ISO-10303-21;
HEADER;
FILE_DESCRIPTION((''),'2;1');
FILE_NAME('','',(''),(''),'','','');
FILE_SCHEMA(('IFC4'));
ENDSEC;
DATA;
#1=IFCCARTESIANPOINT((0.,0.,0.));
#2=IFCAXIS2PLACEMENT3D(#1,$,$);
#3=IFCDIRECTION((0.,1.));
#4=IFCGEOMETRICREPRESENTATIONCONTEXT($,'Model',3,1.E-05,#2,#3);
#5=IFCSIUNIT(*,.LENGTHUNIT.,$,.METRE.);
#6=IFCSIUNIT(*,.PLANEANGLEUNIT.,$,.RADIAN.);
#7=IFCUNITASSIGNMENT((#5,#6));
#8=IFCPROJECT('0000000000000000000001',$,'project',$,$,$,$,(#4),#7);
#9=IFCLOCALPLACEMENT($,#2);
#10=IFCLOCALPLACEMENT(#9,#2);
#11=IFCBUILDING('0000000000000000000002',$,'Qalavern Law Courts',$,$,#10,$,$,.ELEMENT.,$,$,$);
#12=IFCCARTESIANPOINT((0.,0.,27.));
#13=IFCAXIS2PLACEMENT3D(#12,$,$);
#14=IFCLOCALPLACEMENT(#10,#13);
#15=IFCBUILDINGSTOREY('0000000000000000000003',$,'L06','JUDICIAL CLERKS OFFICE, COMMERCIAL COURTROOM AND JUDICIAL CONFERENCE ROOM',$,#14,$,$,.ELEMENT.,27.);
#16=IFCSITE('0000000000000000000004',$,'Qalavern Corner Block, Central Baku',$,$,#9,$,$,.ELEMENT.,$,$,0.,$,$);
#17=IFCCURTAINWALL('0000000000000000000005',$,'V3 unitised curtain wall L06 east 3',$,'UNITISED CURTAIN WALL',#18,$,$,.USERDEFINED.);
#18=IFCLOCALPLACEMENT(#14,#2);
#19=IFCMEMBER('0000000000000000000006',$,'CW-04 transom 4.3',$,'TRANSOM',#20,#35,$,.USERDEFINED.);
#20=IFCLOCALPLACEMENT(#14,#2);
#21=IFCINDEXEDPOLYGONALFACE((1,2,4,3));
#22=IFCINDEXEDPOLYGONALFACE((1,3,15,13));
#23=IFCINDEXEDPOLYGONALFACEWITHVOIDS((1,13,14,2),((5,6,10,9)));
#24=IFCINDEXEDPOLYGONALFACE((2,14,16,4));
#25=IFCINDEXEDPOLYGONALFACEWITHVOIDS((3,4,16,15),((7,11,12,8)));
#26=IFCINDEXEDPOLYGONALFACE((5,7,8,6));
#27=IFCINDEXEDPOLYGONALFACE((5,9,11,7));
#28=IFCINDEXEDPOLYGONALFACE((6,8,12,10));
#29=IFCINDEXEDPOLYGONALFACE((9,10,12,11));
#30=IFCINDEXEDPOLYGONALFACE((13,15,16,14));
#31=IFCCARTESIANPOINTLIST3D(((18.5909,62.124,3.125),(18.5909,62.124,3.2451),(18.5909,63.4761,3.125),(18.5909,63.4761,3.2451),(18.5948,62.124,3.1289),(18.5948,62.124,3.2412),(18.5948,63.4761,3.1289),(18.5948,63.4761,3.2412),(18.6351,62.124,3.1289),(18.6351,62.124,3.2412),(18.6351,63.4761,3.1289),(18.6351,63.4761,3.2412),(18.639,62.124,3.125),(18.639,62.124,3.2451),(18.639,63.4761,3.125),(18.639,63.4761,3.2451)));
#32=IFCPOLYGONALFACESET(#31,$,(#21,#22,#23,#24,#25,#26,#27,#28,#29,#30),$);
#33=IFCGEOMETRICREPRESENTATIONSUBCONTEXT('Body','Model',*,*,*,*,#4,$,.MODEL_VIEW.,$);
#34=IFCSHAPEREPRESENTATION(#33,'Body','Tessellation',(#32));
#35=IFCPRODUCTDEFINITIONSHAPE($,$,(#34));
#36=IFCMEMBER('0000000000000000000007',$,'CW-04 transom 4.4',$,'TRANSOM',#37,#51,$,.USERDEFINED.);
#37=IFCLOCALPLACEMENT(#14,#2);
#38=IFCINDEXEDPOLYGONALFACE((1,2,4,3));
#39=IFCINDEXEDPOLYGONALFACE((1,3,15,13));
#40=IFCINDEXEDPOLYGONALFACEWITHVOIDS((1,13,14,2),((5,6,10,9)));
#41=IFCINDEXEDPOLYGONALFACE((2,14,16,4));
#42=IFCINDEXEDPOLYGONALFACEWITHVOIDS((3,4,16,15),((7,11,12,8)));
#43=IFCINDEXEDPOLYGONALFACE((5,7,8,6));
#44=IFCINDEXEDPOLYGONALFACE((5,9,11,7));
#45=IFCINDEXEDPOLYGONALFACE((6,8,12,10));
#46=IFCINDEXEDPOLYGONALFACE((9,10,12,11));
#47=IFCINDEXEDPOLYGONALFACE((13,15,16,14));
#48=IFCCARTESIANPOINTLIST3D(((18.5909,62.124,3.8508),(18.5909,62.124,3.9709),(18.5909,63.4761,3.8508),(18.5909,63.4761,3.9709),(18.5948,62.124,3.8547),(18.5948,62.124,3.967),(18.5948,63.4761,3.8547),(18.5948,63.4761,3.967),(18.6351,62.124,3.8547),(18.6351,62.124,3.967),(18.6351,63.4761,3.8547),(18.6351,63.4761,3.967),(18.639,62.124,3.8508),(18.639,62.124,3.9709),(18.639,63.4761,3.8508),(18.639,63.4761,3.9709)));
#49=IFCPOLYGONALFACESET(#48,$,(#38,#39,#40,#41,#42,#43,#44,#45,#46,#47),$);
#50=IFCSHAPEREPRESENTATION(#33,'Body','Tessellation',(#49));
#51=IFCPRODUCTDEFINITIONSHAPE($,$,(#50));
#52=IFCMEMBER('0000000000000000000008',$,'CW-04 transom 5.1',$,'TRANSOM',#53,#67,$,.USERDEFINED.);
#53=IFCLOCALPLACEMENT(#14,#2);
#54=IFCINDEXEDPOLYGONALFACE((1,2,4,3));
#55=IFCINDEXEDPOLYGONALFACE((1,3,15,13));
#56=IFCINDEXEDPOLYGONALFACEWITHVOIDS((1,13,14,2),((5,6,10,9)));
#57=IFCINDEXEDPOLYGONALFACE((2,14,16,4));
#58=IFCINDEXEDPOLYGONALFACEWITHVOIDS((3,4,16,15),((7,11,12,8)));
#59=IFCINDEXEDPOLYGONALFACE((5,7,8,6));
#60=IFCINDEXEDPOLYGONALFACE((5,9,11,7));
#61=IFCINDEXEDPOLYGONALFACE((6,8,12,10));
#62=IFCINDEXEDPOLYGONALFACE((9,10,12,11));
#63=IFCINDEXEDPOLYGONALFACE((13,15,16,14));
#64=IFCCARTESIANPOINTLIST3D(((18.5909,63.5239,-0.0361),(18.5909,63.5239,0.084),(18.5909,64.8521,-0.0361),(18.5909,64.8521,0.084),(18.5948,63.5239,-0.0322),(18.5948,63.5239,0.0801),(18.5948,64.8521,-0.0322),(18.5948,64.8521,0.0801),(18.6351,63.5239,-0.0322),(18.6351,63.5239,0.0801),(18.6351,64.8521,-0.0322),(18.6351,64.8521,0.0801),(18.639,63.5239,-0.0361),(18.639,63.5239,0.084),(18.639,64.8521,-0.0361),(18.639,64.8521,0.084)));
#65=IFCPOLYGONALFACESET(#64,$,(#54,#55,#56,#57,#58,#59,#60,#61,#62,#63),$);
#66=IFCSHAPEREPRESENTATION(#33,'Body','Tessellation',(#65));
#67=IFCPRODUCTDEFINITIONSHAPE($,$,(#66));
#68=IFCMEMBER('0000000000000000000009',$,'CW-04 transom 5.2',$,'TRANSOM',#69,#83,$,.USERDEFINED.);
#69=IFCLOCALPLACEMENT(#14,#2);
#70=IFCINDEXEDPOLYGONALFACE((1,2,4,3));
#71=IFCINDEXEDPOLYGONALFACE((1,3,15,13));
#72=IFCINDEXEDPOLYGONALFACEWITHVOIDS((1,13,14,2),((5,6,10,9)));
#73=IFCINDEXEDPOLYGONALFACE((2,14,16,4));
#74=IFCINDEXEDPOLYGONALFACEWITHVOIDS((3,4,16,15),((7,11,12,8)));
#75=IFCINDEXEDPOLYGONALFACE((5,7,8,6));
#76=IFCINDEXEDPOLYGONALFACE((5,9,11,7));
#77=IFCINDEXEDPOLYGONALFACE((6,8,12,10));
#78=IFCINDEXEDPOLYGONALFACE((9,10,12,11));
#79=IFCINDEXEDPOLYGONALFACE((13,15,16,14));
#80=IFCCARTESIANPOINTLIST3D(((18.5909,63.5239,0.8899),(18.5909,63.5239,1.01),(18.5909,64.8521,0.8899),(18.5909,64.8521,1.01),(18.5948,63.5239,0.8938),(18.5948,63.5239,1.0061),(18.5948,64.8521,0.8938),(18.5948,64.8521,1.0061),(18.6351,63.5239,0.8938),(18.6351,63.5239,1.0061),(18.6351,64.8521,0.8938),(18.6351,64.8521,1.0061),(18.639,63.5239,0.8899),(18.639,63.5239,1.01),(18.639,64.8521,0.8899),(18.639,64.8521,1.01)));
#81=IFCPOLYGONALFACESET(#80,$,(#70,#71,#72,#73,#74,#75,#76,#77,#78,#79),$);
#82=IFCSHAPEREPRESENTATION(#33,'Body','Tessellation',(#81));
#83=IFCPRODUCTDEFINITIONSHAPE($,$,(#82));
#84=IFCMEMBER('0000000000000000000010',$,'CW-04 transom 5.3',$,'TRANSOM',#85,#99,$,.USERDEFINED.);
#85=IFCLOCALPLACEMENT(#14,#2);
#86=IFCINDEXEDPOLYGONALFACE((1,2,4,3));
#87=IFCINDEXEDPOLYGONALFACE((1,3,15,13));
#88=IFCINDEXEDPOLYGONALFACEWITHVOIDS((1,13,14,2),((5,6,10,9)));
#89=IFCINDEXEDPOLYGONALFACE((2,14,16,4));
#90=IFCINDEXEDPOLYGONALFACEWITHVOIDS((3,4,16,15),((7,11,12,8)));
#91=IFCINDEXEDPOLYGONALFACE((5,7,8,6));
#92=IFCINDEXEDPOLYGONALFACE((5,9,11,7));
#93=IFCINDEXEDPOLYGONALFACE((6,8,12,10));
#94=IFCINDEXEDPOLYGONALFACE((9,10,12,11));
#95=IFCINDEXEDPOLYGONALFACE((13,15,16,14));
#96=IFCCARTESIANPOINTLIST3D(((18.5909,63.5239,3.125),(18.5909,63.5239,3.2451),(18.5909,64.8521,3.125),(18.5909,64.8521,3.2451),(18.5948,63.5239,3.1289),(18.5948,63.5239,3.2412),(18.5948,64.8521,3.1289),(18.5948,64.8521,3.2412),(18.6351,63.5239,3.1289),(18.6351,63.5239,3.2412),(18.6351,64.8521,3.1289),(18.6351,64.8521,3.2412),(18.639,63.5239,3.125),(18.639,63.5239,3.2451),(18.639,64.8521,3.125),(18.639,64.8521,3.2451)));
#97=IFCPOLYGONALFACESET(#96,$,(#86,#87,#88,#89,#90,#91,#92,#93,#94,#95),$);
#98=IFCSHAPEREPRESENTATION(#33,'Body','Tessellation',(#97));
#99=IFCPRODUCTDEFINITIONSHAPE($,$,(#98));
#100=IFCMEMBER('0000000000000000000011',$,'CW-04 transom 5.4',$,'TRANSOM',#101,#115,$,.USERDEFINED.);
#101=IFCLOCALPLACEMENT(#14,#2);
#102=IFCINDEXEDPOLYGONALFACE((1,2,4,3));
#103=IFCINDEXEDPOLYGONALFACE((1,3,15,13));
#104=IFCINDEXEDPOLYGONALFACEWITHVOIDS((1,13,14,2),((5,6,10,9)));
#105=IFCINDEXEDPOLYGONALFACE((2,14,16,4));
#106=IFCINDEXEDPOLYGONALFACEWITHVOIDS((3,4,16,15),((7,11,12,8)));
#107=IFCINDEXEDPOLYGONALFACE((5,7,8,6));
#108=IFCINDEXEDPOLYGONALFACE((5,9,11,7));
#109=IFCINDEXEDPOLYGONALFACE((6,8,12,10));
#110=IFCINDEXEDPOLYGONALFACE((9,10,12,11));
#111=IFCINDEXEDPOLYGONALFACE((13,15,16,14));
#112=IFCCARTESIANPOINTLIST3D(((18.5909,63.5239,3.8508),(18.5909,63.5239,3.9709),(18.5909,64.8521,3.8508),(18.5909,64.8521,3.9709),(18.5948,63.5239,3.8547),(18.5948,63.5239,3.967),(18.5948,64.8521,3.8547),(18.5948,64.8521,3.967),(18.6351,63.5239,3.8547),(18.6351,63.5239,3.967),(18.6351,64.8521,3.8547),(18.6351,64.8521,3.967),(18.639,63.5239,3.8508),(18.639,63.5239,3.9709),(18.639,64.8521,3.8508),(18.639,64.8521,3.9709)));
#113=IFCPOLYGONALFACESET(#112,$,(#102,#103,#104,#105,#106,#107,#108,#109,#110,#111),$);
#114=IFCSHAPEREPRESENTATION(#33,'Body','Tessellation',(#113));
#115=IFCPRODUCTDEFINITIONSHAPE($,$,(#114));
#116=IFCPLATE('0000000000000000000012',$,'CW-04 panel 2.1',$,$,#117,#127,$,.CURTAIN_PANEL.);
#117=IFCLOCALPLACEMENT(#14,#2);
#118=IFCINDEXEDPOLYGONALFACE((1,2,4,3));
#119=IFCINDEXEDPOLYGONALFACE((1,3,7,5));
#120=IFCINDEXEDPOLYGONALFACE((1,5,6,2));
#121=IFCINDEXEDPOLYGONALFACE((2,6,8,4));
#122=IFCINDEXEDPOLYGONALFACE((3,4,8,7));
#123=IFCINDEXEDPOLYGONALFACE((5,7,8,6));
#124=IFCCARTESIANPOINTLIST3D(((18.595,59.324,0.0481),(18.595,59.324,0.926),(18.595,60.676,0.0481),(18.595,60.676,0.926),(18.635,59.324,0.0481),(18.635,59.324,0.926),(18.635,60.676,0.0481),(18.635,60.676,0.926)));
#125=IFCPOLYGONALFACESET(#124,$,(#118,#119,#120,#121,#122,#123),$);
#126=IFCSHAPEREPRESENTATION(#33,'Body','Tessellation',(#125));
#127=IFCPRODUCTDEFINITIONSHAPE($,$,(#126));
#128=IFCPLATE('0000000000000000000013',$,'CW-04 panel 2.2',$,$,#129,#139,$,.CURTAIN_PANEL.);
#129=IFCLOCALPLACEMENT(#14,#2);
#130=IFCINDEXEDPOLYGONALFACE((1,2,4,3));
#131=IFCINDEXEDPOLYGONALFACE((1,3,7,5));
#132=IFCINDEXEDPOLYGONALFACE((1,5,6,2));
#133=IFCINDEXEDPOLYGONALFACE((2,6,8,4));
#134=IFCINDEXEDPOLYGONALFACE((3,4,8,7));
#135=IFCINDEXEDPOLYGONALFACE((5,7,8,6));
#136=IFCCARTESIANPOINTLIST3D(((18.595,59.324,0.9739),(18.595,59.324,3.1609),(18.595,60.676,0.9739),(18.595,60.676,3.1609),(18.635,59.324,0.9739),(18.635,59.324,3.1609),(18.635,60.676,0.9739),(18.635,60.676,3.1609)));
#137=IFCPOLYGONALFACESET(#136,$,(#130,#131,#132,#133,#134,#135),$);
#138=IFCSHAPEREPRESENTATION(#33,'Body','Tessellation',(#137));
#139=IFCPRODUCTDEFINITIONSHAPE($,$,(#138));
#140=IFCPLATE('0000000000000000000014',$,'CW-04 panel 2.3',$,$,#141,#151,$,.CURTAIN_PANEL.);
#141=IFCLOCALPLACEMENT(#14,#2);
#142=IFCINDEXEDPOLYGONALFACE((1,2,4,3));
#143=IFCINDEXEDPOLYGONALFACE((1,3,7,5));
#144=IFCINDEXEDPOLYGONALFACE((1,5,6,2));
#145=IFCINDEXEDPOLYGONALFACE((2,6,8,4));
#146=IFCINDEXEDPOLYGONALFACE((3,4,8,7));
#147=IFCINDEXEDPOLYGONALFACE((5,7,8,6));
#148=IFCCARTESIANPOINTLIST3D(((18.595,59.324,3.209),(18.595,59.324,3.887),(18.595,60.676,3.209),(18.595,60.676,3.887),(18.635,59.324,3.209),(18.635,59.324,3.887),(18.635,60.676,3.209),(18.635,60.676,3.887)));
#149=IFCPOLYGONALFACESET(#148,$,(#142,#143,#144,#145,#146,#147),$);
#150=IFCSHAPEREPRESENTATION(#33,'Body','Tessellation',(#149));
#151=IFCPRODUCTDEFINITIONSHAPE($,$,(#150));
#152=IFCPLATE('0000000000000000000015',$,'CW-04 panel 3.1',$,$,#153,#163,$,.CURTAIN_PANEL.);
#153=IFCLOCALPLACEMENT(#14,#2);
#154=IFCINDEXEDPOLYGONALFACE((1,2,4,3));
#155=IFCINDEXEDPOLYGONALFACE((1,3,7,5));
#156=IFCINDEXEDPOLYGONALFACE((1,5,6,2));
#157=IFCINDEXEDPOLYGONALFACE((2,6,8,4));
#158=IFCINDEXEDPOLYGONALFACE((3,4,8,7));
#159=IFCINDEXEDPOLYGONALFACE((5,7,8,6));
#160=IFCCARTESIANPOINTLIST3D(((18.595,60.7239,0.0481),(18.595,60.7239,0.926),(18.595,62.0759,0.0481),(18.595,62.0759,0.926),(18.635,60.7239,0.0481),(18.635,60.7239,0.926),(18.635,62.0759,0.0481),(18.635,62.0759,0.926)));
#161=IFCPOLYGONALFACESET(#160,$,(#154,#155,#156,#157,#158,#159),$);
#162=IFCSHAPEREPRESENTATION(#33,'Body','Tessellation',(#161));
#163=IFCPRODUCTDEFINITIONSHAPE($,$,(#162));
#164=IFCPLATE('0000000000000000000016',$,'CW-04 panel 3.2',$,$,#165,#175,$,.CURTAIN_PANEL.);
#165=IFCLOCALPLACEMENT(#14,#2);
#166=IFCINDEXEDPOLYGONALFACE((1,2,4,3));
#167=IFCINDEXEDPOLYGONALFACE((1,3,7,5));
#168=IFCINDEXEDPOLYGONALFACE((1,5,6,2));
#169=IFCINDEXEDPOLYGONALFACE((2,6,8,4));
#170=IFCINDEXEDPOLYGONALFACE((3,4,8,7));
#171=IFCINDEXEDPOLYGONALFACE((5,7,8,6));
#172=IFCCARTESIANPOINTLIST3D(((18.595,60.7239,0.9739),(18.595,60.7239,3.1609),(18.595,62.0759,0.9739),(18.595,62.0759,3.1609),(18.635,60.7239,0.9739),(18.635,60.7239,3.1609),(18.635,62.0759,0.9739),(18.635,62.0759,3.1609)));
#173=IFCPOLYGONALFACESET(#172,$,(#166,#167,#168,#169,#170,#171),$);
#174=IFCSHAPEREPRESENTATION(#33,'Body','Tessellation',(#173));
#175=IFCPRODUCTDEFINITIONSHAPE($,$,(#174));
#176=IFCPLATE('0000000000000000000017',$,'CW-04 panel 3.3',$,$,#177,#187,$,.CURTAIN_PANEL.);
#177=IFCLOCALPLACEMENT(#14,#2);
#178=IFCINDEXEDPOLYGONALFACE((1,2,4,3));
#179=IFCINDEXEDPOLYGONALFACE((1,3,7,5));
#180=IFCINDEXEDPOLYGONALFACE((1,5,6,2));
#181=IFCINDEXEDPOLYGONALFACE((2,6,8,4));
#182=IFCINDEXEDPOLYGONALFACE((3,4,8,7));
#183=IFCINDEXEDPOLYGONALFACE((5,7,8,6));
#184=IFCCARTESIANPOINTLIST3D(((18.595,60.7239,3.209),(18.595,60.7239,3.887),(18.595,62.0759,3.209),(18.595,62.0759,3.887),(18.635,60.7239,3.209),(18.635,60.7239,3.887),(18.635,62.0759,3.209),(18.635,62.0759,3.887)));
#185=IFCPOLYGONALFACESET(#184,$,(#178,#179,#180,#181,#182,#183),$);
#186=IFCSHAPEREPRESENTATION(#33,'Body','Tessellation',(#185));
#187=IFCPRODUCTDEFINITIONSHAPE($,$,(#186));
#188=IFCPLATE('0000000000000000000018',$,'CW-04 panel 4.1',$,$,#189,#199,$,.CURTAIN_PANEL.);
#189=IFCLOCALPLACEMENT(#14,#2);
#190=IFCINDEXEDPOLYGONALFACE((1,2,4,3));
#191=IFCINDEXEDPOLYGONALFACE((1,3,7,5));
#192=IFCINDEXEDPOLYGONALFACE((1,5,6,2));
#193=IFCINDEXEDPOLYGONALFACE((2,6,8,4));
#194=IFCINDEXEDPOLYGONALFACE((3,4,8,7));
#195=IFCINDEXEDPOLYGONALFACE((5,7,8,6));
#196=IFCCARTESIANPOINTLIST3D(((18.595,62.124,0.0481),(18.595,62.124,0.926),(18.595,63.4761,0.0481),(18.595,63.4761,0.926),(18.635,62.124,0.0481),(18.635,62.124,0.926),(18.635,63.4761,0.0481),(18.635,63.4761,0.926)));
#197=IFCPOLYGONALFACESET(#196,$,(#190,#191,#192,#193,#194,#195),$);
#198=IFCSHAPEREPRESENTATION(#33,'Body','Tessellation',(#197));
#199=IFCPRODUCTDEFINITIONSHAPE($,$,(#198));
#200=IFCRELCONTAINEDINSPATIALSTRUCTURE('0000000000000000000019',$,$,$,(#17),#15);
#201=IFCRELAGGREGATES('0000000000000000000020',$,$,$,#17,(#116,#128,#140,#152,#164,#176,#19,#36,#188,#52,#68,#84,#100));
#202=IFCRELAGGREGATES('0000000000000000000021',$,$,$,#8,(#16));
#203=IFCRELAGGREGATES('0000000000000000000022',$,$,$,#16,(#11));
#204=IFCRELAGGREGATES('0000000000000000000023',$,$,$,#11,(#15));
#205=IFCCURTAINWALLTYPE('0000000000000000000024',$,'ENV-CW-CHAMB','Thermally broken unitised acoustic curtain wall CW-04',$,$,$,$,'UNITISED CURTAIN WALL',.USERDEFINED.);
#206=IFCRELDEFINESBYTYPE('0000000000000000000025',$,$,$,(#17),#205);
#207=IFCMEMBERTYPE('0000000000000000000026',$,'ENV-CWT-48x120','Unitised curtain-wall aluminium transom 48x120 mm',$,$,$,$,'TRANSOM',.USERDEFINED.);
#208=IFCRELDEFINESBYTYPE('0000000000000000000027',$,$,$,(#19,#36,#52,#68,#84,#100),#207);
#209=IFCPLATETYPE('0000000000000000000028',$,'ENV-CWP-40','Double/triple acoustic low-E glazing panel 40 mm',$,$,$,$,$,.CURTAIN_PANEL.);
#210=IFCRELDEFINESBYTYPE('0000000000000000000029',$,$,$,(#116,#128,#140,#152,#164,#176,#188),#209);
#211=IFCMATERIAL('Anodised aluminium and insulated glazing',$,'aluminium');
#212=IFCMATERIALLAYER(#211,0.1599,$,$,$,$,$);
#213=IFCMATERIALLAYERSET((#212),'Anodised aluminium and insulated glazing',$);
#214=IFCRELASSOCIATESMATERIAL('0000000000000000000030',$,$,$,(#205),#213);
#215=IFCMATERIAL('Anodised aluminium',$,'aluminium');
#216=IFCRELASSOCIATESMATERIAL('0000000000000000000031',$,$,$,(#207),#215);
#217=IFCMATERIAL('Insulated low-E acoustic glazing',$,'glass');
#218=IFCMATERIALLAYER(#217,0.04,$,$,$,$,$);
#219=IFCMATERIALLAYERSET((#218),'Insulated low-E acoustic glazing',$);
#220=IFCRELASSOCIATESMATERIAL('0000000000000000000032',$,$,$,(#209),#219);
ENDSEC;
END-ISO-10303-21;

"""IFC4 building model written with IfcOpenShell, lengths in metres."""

from ifc_helpers import new_model, si_unit, direction, frame, origin, origin_2d, place, context, subcontext, project, spatial, rectangle, hollow_rectangle, extrude, material, layer, layer_set, material_profile, profile_set, type_object, element, aggregate, save


model = new_model("IFC4")

# Units and contexts
model_context = context("Model", 3, precision=1e-05, world=origin(), true_north=direction((0.0, 1.0)))
body_context = subcontext(model_context, "Body", "Model", "MODEL_VIEW")
ifc_project = project(units=[si_unit("LENGTHUNIT", "METRE"), si_unit("PLANEANGLEUNIT", "RADIAN")], contexts=[model_context])

# Site, building, storey
site_placement = place(None, origin())
site = spatial("IfcSite", under=ifc_project, at=site_placement, Name="Qalavern Corner Block, Central Baku", CompositionType="ELEMENT", RefElevation=0.0)
building_placement = place(site_placement, origin())
building = spatial("IfcBuilding", under=site, at=building_placement, Name="Qalavern Law Courts", CompositionType="ELEMENT")
storey_placement = place(building_placement, frame((0.0, 0.0, 27.0)))
storey = spatial("IfcBuildingStorey", under=building, at=storey_placement, Name="L06", Description="JUDICIAL CLERKS OFFICE, COMMERCIAL COURTROOM AND JUDICIAL CONFERENCE ROOM", CompositionType="ELEMENT", Elevation=27.0)

# Curtain wall, members, plates
ifc_material_1 = material(Name="Anodised aluminium and insulated glazing", Category="aluminium")
ifc_layer_1 = layer(ifc_material_1, 0.1599)
ifc_layer_set_1 = layer_set([ifc_layer_1], Name="Anodised aluminium and insulated glazing")
curtain_wall_type = type_object("IfcCurtainWallType", Name="ENV-CW-CHAMB", Description="Thermally broken unitised acoustic curtain wall CW-04", ElementType="UNITISED CURTAIN WALL", PredefinedType="USERDEFINED", material=ifc_layer_set_1)
curtain_wall_placement = place(storey_placement, origin())
curtain_wall = element("IfcCurtainWall", 1, at=curtain_wall_placement, inside=storey, type_object=curtain_wall_type, Name="V3 unitised curtain wall L06 east 3", ObjectType="UNITISED CURTAIN WALL", PredefinedType="USERDEFINED")
ifc_material_2 = material(Name="Anodised aluminium", Category="aluminium")
ifc_material_profile_1 = material_profile(ifc_material_2, hollow_rectangle(XDim=0.0481, YDim=0.1201, WallThickness=0.0039, at=origin_2d()), Name="ALU TRANSOM 48x120")
ifc_profile_set_1 = profile_set([ifc_material_profile_1], Name="Anodised aluminium")
member_type_1 = type_object("IfcMemberType", Name="ENV-CWT-48x120", Description="Unitised curtain-wall aluminium transom 48x120 mm", ElementType="TRANSOM", PredefinedType="USERDEFINED", material=ifc_profile_set_1)
member_1_placement = place(storey_placement, frame((18.615, 62.124, 3.1851), z_axis=(0.0, 1.0, 0.0), x_axis=(-1.0, 0.0, 0.0)))
member_1 = element("IfcMember", 2, at=member_1_placement, type_object=member_type_1, Name="CW-04 transom 4.3", ObjectType="TRANSOM", PredefinedType="USERDEFINED", context=body_context, shape_type="SweptSolid", body=[
    extrude(hollow_rectangle(XDim=0.0481, YDim=0.1201, WallThickness=0.0039, at=origin_2d()), origin(), (0.0, 0.0, 1.0), 1.3521),
])
member_2_placement = place(storey_placement, frame((18.615, 62.124, 3.9109), z_axis=(0.0, 1.0, 0.0), x_axis=(-1.0, 0.0, 0.0)))
member_2 = element("IfcMember", 3, at=member_2_placement, type_object=member_type_1, Name="CW-04 transom 4.4", ObjectType="TRANSOM", PredefinedType="USERDEFINED", context=body_context, shape_type="SweptSolid", body=[
    extrude(hollow_rectangle(XDim=0.0481, YDim=0.1201, WallThickness=0.0039, at=origin_2d()), origin(), (0.0, 0.0, 1.0), 1.3521),
])
member_3_placement = place(storey_placement, frame((18.615, 63.5239, 0.0239), z_axis=(0.0, 1.0, 0.0), x_axis=(-1.0, 0.0, 0.0)))
member_3 = element("IfcMember", 4, at=member_3_placement, type_object=member_type_1, Name="CW-04 transom 5.1", ObjectType="TRANSOM", PredefinedType="USERDEFINED", context=body_context, shape_type="SweptSolid", body=[
    extrude(hollow_rectangle(XDim=0.0481, YDim=0.1201, WallThickness=0.0039, at=origin_2d()), origin(), (0.0, 0.0, 1.0), 1.3281),
])
member_4_placement = place(storey_placement, frame((18.615, 63.5239, 0.95), z_axis=(0.0, 1.0, 0.0), x_axis=(-1.0, 0.0, 0.0)))
member_4 = element("IfcMember", 5, at=member_4_placement, type_object=member_type_1, Name="CW-04 transom 5.2", ObjectType="TRANSOM", PredefinedType="USERDEFINED", context=body_context, shape_type="SweptSolid", body=[
    extrude(hollow_rectangle(XDim=0.0481, YDim=0.1201, WallThickness=0.0039, at=origin_2d()), origin(), (0.0, 0.0, 1.0), 1.3281),
])
member_5_placement = place(storey_placement, frame((18.615, 63.5239, 3.1851), z_axis=(0.0, 1.0, 0.0), x_axis=(-1.0, 0.0, 0.0)))
member_5 = element("IfcMember", 6, at=member_5_placement, type_object=member_type_1, Name="CW-04 transom 5.3", ObjectType="TRANSOM", PredefinedType="USERDEFINED", context=body_context, shape_type="SweptSolid", body=[
    extrude(hollow_rectangle(XDim=0.0481, YDim=0.1201, WallThickness=0.0039, at=origin_2d()), origin(), (0.0, 0.0, 1.0), 1.3281),
])
member_6_placement = place(storey_placement, frame((18.615, 63.5239, 3.9109), z_axis=(0.0, 1.0, 0.0), x_axis=(-1.0, 0.0, 0.0)))
member_6 = element("IfcMember", 7, at=member_6_placement, type_object=member_type_1, Name="CW-04 transom 5.4", ObjectType="TRANSOM", PredefinedType="USERDEFINED", context=body_context, shape_type="SweptSolid", body=[
    extrude(hollow_rectangle(XDim=0.0481, YDim=0.1201, WallThickness=0.0039, at=origin_2d()), origin(), (0.0, 0.0, 1.0), 1.3281),
])
ifc_material_3 = material(Name="Insulated low-E acoustic glazing", Category="glass")
ifc_layer_2 = layer(ifc_material_3, 0.04)
ifc_layer_set_2 = layer_set([ifc_layer_2], Name="Insulated low-E acoustic glazing")
plate_type = type_object("IfcPlateType", Name="ENV-CWP-40", Description="Double/triple acoustic low-E glazing panel 40 mm", PredefinedType="CURTAIN_PANEL", material=ifc_layer_set_2)
plate_1_placement = place(storey_placement, frame((18.615, 60.0, 0.0481), z_axis=(0.0, 0.0, 1.0), x_axis=(0.0, 1.0, 0.0)))
plate_1 = element("IfcPlate", 8, at=plate_1_placement, type_object=plate_type, Name="CW-04 panel 2.1", PredefinedType="CURTAIN_PANEL", context=body_context, shape_type="SweptSolid", body=[
    extrude(rectangle(XDim=1.3521, YDim=0.04, at=origin_2d()), origin(), (0.0, 0.0, 1.0), 0.8779),
])
plate_2_placement = place(storey_placement, frame((18.615, 60.0, 0.9739), z_axis=(0.0, 0.0, 1.0), x_axis=(0.0, 1.0, 0.0)))
plate_2 = element("IfcPlate", 9, at=plate_2_placement, type_object=plate_type, Name="CW-04 panel 2.2", PredefinedType="CURTAIN_PANEL", context=body_context, shape_type="SweptSolid", body=[
    extrude(rectangle(XDim=1.3521, YDim=0.04, at=origin_2d()), origin(), (0.0, 0.0, 1.0), 2.187),
])
plate_3_placement = place(storey_placement, frame((18.615, 60.0, 3.209), z_axis=(0.0, 0.0, 1.0), x_axis=(0.0, 1.0, 0.0)))
plate_3 = element("IfcPlate", 10, at=plate_3_placement, type_object=plate_type, Name="CW-04 panel 2.3", PredefinedType="CURTAIN_PANEL", context=body_context, shape_type="SweptSolid", body=[
    extrude(rectangle(XDim=1.3521, YDim=0.04, at=origin_2d()), origin(), (0.0, 0.0, 1.0), 0.678),
])
plate_4_placement = place(storey_placement, frame((18.615, 61.3999, 0.0481), z_axis=(0.0, 0.0, 1.0), x_axis=(0.0, 1.0, 0.0)))
plate_4 = element("IfcPlate", 11, at=plate_4_placement, type_object=plate_type, Name="CW-04 panel 3.1", PredefinedType="CURTAIN_PANEL", context=body_context, shape_type="SweptSolid", body=[
    extrude(rectangle(XDim=1.3521, YDim=0.04, at=origin_2d()), origin(), (0.0, 0.0, 1.0), 0.8779),
])
plate_5_placement = place(storey_placement, frame((18.615, 61.3999, 0.9739), z_axis=(0.0, 0.0, 1.0), x_axis=(0.0, 1.0, 0.0)))
plate_5 = element("IfcPlate", 12, at=plate_5_placement, type_object=plate_type, Name="CW-04 panel 3.2", PredefinedType="CURTAIN_PANEL", context=body_context, shape_type="SweptSolid", body=[
    extrude(rectangle(XDim=1.3521, YDim=0.04, at=origin_2d()), origin(), (0.0, 0.0, 1.0), 2.187),
])
plate_6_placement = place(storey_placement, frame((18.615, 61.3999, 3.209), z_axis=(0.0, 0.0, 1.0), x_axis=(0.0, 1.0, 0.0)))
plate_6 = element("IfcPlate", 13, at=plate_6_placement, type_object=plate_type, Name="CW-04 panel 3.3", PredefinedType="CURTAIN_PANEL", context=body_context, shape_type="SweptSolid", body=[
    extrude(rectangle(XDim=1.3521, YDim=0.04, at=origin_2d()), origin(), (0.0, 0.0, 1.0), 0.678),
])
plate_7_placement = place(storey_placement, frame((18.615, 62.8, 0.0481), z_axis=(0.0, 0.0, 1.0), x_axis=(0.0, 1.0, 0.0)))
plate_7 = element("IfcPlate", 14, at=plate_7_placement, type_object=plate_type, Name="CW-04 panel 4.1", PredefinedType="CURTAIN_PANEL", context=body_context, shape_type="SweptSolid", body=[
    extrude(rectangle(XDim=1.3521, YDim=0.04, at=origin_2d()), origin(), (0.0, 0.0, 1.0), 0.8779),
])
aggregate(curtain_wall, [plate_1, plate_2, plate_3, plate_4, plate_5, plate_6, member_1, member_2, plate_7, member_3, member_4, member_5, member_6])

save(model, "model.ifc")
